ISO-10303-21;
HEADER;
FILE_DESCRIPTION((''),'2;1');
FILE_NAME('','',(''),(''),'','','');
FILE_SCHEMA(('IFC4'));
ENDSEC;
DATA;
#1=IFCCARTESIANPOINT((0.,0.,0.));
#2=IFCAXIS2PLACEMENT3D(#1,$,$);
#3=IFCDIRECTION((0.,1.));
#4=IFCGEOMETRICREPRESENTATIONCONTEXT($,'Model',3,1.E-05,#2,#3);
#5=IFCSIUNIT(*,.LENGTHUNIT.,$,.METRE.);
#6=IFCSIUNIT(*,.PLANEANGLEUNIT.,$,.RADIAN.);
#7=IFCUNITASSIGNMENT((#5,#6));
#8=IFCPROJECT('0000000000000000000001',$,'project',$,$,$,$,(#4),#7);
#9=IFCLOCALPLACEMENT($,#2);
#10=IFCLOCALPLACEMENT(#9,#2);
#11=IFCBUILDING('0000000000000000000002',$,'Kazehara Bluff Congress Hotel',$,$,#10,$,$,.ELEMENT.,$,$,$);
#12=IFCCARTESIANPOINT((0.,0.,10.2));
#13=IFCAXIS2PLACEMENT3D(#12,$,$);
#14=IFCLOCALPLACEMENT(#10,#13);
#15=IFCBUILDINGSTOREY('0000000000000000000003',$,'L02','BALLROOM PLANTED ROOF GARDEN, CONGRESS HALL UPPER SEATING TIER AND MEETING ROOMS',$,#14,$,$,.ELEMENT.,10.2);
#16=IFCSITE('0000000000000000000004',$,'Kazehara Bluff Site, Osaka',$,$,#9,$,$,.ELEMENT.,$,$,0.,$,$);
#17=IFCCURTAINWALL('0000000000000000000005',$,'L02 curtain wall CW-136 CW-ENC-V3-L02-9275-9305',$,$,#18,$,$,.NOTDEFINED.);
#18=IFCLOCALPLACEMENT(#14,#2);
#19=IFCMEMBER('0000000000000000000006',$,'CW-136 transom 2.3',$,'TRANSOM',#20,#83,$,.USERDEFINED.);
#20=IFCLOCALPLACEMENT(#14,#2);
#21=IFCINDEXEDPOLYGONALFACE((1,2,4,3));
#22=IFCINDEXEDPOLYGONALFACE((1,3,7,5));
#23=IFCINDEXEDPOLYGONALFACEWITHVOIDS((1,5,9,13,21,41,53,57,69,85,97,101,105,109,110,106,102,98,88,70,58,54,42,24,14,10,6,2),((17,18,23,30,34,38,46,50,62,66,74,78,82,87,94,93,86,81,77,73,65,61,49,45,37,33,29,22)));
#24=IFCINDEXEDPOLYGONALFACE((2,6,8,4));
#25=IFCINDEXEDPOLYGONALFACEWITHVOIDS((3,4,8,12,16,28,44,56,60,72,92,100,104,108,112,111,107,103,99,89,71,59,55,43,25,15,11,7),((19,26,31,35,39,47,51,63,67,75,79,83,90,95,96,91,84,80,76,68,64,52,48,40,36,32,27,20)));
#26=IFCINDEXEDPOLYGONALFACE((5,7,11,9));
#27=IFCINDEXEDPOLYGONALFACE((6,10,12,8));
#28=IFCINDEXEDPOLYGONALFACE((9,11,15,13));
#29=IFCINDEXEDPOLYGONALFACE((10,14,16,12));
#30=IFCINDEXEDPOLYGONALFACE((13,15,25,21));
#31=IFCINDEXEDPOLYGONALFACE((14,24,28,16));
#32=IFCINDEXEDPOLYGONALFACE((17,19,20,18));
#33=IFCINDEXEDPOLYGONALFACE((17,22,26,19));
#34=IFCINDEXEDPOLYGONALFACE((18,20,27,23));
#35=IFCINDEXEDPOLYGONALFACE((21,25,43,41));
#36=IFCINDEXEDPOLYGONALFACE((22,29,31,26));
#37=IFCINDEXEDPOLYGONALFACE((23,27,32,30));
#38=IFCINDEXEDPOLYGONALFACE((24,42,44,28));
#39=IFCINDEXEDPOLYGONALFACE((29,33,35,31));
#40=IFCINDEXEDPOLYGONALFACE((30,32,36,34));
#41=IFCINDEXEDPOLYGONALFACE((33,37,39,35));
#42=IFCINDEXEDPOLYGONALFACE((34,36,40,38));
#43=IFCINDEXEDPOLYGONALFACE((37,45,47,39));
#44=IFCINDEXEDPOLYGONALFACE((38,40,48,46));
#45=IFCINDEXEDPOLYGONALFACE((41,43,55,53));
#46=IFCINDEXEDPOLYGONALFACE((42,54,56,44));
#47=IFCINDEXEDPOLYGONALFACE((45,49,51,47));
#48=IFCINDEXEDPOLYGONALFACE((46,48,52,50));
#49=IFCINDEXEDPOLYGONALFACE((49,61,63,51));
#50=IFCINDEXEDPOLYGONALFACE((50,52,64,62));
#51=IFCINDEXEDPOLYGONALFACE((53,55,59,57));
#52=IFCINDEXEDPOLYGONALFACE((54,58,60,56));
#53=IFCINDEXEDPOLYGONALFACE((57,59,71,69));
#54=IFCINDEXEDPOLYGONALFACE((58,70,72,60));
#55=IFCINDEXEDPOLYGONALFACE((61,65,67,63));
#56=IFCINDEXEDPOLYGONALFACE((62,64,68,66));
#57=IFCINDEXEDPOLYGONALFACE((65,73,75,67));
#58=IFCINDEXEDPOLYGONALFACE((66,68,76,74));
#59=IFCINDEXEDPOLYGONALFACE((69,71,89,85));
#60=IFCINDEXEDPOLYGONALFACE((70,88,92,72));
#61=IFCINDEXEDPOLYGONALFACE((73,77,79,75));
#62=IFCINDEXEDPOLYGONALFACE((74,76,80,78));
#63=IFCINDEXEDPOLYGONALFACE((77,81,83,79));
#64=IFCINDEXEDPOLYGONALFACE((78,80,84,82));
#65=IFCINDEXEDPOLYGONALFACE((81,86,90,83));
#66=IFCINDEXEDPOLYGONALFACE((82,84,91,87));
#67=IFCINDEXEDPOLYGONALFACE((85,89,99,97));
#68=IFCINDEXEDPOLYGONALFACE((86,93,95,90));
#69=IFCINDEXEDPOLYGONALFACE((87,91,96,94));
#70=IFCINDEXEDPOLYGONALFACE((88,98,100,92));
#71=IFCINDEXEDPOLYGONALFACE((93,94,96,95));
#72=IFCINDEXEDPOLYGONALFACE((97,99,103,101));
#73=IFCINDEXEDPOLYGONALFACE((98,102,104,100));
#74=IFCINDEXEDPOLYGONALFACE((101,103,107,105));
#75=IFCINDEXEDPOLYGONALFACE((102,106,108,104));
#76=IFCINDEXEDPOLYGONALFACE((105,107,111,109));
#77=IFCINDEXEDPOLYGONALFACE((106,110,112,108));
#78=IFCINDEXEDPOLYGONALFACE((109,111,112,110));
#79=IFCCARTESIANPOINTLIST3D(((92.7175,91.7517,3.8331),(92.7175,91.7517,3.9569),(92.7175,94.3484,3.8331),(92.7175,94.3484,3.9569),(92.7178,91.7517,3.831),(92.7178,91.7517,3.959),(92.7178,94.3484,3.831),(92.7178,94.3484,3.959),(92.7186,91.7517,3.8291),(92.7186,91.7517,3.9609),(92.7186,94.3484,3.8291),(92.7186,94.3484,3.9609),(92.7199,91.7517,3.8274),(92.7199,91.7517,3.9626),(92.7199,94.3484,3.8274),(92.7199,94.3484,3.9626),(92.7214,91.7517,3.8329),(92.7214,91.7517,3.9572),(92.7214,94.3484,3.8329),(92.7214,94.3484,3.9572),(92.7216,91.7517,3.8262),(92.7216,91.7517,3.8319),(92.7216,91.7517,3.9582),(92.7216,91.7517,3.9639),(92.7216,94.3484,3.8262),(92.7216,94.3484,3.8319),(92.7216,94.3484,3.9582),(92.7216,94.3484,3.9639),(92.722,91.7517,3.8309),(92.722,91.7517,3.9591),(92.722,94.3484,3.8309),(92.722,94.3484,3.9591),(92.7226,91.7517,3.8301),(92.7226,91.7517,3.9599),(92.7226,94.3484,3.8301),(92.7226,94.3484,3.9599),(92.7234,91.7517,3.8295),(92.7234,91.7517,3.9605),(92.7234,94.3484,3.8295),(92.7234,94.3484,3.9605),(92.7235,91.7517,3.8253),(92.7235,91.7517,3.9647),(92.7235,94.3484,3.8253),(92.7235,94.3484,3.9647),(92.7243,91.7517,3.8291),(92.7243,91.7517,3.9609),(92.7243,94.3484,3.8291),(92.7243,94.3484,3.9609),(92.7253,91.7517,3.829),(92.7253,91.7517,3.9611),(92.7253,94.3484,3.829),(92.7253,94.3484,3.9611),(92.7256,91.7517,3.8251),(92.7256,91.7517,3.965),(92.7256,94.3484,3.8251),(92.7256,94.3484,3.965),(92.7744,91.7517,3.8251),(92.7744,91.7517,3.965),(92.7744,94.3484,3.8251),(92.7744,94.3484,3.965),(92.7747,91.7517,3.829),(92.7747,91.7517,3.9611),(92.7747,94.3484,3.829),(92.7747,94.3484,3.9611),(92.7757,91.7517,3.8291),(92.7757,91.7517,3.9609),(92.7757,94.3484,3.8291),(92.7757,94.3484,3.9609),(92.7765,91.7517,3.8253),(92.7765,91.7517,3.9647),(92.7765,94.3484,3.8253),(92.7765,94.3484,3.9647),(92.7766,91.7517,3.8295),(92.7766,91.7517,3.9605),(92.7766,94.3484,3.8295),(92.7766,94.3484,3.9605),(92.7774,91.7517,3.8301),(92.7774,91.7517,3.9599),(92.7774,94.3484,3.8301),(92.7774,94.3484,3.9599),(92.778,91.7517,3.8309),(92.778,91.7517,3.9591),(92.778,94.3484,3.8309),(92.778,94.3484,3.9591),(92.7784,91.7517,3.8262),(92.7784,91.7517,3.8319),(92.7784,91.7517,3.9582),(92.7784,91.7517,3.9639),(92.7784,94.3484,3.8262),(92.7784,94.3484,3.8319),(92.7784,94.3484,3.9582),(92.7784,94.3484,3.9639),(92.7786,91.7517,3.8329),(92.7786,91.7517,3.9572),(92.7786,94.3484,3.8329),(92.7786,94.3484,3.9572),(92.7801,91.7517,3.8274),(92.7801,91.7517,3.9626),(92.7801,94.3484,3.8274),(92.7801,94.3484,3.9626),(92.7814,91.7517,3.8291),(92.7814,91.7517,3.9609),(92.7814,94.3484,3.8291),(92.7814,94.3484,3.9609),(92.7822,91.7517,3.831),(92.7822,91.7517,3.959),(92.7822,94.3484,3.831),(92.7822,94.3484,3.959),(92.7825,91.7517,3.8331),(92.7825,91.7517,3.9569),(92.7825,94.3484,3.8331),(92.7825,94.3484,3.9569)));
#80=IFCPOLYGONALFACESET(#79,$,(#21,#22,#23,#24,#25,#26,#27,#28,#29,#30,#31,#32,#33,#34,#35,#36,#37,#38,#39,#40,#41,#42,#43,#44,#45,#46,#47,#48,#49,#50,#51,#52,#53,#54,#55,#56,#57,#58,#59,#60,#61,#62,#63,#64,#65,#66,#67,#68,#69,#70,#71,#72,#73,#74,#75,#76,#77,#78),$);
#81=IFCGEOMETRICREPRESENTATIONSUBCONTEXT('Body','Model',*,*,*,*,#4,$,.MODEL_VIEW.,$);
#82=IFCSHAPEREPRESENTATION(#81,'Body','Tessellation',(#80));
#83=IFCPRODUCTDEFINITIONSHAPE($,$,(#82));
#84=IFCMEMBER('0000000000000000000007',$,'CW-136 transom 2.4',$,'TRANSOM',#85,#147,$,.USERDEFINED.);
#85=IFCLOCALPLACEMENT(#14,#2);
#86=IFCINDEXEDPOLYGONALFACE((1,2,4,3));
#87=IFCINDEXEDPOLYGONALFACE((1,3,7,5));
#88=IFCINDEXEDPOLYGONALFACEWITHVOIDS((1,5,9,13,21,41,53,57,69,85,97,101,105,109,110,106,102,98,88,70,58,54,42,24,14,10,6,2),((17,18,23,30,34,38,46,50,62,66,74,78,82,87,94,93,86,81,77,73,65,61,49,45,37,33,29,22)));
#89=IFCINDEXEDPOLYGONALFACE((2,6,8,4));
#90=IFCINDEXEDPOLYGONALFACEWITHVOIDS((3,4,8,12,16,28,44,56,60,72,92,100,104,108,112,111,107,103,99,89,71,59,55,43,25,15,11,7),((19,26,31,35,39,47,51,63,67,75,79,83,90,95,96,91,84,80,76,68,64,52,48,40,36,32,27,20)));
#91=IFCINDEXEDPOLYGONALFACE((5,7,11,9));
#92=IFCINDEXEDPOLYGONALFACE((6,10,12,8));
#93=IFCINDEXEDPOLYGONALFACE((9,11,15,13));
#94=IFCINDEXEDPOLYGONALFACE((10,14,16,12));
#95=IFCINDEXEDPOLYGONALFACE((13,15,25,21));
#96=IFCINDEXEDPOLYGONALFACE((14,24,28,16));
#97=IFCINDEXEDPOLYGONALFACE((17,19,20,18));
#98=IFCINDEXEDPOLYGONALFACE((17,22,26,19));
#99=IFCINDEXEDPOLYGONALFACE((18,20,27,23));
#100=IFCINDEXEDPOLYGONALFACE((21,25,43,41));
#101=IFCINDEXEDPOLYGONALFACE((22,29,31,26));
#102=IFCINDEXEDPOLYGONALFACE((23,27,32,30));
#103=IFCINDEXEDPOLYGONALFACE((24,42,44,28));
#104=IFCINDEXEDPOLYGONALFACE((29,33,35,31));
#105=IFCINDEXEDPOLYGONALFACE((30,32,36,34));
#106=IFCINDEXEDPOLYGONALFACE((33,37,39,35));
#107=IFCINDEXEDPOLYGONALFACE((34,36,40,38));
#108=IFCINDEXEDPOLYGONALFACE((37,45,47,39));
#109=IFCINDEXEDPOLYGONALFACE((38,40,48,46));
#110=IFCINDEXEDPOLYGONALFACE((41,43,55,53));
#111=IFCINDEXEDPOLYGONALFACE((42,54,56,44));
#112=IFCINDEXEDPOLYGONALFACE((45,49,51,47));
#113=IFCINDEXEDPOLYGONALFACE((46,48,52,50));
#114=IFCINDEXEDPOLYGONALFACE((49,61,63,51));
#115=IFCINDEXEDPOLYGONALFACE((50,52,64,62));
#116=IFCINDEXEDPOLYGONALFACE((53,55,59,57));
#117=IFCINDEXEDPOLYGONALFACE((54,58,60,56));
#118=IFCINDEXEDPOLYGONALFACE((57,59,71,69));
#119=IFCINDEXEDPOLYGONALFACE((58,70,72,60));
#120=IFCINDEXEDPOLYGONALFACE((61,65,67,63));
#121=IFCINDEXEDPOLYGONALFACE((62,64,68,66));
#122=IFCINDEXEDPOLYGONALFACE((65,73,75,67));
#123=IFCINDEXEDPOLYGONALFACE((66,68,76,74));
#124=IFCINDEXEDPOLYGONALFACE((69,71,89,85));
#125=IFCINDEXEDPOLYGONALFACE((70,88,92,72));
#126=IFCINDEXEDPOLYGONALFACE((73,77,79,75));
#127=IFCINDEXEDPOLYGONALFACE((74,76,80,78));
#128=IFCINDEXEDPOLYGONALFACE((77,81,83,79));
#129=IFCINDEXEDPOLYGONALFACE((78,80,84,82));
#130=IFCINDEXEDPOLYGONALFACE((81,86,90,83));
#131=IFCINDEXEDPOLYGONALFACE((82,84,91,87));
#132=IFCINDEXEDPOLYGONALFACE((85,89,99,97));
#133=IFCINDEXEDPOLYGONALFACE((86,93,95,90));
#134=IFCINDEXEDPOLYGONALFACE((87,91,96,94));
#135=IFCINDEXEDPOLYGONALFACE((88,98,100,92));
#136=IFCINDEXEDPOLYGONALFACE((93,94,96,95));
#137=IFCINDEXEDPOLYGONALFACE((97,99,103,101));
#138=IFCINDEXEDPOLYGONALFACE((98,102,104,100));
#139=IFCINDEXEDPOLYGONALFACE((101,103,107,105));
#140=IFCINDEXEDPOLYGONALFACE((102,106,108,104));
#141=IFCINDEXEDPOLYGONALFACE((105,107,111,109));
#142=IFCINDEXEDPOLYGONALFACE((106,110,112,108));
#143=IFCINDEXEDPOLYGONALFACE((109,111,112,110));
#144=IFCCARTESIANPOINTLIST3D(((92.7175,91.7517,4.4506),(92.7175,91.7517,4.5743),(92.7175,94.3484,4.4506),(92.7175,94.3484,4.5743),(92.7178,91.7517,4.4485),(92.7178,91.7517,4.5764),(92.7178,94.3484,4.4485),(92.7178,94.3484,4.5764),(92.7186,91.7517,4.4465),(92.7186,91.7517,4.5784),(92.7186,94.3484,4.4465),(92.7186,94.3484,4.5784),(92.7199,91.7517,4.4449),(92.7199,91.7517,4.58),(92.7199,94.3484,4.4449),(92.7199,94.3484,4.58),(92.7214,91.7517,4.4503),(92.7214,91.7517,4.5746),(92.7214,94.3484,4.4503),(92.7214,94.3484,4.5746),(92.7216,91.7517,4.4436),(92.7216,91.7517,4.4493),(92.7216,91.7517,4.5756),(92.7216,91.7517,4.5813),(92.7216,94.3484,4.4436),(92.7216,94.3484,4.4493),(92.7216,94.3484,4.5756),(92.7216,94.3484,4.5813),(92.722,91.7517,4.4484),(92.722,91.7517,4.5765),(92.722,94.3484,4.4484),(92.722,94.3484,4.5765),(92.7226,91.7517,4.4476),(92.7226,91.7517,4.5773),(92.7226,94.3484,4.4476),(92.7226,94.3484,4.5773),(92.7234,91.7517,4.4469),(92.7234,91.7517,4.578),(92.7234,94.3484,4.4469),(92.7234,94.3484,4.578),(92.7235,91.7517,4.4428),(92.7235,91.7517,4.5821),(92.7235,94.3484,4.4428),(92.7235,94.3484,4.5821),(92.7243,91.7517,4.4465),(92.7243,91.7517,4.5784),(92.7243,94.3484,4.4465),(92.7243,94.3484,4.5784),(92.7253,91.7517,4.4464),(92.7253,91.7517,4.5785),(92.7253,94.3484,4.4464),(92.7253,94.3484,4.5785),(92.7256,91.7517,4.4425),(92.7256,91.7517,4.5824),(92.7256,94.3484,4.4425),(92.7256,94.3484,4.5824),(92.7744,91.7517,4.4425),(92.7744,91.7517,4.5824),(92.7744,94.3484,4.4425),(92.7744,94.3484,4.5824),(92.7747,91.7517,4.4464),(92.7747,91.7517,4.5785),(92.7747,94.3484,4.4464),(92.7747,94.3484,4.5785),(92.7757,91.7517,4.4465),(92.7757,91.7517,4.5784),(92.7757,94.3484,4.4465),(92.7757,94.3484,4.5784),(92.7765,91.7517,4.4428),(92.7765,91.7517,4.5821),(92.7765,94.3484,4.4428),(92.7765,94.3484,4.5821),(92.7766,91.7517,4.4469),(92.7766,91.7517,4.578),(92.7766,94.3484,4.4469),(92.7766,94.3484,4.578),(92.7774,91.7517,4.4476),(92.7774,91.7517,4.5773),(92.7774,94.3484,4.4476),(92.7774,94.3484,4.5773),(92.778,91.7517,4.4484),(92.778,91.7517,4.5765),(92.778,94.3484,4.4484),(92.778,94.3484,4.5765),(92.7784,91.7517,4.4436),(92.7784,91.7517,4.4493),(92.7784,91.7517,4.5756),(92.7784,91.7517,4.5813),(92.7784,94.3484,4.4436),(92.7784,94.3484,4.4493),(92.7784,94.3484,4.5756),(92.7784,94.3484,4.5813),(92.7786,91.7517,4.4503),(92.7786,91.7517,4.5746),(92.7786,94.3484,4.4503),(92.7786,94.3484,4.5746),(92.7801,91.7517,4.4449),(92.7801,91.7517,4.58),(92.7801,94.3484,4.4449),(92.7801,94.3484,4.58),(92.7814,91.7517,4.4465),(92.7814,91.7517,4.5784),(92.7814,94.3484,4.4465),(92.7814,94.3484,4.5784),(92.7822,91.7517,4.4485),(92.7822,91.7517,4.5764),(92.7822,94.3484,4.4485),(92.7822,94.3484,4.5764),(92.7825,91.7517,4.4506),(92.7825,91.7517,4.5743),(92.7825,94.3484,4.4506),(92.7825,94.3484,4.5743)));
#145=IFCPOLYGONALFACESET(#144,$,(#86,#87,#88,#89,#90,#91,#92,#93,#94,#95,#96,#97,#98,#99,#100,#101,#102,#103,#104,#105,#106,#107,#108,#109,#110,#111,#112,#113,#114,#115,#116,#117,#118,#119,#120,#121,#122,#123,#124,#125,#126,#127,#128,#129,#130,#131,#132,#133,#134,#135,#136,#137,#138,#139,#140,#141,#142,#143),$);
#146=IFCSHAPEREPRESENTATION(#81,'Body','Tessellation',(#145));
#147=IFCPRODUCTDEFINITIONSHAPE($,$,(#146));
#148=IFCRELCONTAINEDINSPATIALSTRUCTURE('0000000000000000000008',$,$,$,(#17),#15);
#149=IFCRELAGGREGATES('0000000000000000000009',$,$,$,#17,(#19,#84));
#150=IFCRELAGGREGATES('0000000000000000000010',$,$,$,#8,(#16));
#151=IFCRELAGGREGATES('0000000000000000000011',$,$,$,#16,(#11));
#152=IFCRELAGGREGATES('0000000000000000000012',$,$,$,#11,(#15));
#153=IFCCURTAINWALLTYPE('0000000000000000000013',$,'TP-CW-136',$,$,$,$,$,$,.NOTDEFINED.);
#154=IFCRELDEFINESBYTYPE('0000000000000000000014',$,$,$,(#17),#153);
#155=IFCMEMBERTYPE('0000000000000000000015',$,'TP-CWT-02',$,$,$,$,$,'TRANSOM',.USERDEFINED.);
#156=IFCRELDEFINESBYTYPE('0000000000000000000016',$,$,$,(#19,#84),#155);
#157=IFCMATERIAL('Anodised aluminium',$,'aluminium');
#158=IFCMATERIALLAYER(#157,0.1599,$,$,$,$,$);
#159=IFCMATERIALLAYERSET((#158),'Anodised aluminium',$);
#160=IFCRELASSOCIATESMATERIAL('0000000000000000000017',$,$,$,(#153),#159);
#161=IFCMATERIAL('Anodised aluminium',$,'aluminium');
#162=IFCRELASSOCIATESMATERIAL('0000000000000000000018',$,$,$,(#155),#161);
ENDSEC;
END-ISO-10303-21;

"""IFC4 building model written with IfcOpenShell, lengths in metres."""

from ifc_helpers import new_model, si_unit, direction, frame, origin, origin_2d, place, context, subcontext, project, spatial, hollow_rectangle, extrude, material, layer, layer_set, material_profile, profile_set, type_object, element, aggregate, save


model = new_model("IFC4")

# Units and contexts
model_context = context("Model", 3, precision=1e-05, world=origin(), true_north=direction((0.0, 1.0)))
body_context = subcontext(model_context, "Body", "Model", "MODEL_VIEW")
ifc_project = project(units=[si_unit("LENGTHUNIT", "METRE"), si_unit("PLANEANGLEUNIT", "RADIAN")], contexts=[model_context])

# Site, building, storey
site_placement = place(None, origin())
site = spatial("IfcSite", under=ifc_project, at=site_placement, Name="Kazehara Bluff Site, Osaka", CompositionType="ELEMENT", RefElevation=0.0)
building_placement = place(site_placement, origin())
building = spatial("IfcBuilding", under=site, at=building_placement, Name="Kazehara Bluff Congress Hotel", CompositionType="ELEMENT")
storey_placement = place(building_placement, frame((0.0, 0.0, 10.2)))
storey = spatial("IfcBuildingStorey", under=building, at=storey_placement, Name="L02", Description="BALLROOM PLANTED ROOF GARDEN, CONGRESS HALL UPPER SEATING TIER AND MEETING ROOMS", CompositionType="ELEMENT", Elevation=10.2)

# Curtain wall
ifc_material_1 = material(Name="Anodised aluminium", Category="aluminium")
ifc_layer_1 = layer(ifc_material_1, 0.1599)
ifc_layer_set_1 = layer_set([ifc_layer_1], Name="Anodised aluminium")
curtain_wall_type_1 = type_object("IfcCurtainWallType", Name="TP-CW-136", PredefinedType="NOTDEFINED", material=ifc_layer_set_1)
curtain_wall_1_placement = place(storey_placement, origin())
curtain_wall_1 = element("IfcCurtainWall", 1, at=curtain_wall_1_placement, inside=storey, type_object=curtain_wall_type_1, Name="L02 curtain wall CW-136 CW-ENC-V3-L02-9275-9305", PredefinedType="NOTDEFINED")

# Members
ifc_material_2 = material(Name="Anodised aluminium", Category="aluminium")
ifc_material_profile_1 = material_profile(ifc_material_2, hollow_rectangle(XDim=0.0649, YDim=0.1399, WallThickness=0.0039, InnerFilletRadius=0.0039, OuterFilletRadius=0.0081, at=origin_2d()))
ifc_profile_set_1 = profile_set([ifc_material_profile_1], Name="Anodised aluminium")
member_type_1 = type_object("IfcMemberType", Name="TP-CWT-02", ElementType="TRANSOM", PredefinedType="USERDEFINED", material=ifc_profile_set_1)
member_1_placement = place(storey_placement, frame((92.75, 94.3484, 3.895), z_axis=(0.0, -1.0, 0.0), x_axis=(1.0, 0.0, 0.0)))
member_1 = element("IfcMember", 2, at=member_1_placement, type_object=member_type_1, Name="CW-136 transom 2.3", ObjectType="TRANSOM", PredefinedType="USERDEFINED", context=body_context, shape_type="SweptSolid", body=[
    extrude(hollow_rectangle(XDim=0.0649, YDim=0.1399, WallThickness=0.0039, InnerFilletRadius=0.0039, OuterFilletRadius=0.0081, at=origin_2d()), origin(), (0.0, 0.0, 1.0), 2.5967),
])
member_2_placement = place(storey_placement, frame((92.75, 94.3484, 4.5125), z_axis=(0.0, -1.0, 0.0), x_axis=(1.0, 0.0, 0.0)))
member_2 = element("IfcMember", 3, at=member_2_placement, type_object=member_type_1, Name="CW-136 transom 2.4", ObjectType="TRANSOM", PredefinedType="USERDEFINED", context=body_context, shape_type="SweptSolid", body=[
    extrude(hollow_rectangle(XDim=0.0649, YDim=0.1399, WallThickness=0.0039, InnerFilletRadius=0.0039, OuterFilletRadius=0.0081, at=origin_2d()), origin(), (0.0, 0.0, 1.0), 2.5967),
])

aggregate(curtain_wall_1, [member_1, member_2])

save(model, "model.ifc")
